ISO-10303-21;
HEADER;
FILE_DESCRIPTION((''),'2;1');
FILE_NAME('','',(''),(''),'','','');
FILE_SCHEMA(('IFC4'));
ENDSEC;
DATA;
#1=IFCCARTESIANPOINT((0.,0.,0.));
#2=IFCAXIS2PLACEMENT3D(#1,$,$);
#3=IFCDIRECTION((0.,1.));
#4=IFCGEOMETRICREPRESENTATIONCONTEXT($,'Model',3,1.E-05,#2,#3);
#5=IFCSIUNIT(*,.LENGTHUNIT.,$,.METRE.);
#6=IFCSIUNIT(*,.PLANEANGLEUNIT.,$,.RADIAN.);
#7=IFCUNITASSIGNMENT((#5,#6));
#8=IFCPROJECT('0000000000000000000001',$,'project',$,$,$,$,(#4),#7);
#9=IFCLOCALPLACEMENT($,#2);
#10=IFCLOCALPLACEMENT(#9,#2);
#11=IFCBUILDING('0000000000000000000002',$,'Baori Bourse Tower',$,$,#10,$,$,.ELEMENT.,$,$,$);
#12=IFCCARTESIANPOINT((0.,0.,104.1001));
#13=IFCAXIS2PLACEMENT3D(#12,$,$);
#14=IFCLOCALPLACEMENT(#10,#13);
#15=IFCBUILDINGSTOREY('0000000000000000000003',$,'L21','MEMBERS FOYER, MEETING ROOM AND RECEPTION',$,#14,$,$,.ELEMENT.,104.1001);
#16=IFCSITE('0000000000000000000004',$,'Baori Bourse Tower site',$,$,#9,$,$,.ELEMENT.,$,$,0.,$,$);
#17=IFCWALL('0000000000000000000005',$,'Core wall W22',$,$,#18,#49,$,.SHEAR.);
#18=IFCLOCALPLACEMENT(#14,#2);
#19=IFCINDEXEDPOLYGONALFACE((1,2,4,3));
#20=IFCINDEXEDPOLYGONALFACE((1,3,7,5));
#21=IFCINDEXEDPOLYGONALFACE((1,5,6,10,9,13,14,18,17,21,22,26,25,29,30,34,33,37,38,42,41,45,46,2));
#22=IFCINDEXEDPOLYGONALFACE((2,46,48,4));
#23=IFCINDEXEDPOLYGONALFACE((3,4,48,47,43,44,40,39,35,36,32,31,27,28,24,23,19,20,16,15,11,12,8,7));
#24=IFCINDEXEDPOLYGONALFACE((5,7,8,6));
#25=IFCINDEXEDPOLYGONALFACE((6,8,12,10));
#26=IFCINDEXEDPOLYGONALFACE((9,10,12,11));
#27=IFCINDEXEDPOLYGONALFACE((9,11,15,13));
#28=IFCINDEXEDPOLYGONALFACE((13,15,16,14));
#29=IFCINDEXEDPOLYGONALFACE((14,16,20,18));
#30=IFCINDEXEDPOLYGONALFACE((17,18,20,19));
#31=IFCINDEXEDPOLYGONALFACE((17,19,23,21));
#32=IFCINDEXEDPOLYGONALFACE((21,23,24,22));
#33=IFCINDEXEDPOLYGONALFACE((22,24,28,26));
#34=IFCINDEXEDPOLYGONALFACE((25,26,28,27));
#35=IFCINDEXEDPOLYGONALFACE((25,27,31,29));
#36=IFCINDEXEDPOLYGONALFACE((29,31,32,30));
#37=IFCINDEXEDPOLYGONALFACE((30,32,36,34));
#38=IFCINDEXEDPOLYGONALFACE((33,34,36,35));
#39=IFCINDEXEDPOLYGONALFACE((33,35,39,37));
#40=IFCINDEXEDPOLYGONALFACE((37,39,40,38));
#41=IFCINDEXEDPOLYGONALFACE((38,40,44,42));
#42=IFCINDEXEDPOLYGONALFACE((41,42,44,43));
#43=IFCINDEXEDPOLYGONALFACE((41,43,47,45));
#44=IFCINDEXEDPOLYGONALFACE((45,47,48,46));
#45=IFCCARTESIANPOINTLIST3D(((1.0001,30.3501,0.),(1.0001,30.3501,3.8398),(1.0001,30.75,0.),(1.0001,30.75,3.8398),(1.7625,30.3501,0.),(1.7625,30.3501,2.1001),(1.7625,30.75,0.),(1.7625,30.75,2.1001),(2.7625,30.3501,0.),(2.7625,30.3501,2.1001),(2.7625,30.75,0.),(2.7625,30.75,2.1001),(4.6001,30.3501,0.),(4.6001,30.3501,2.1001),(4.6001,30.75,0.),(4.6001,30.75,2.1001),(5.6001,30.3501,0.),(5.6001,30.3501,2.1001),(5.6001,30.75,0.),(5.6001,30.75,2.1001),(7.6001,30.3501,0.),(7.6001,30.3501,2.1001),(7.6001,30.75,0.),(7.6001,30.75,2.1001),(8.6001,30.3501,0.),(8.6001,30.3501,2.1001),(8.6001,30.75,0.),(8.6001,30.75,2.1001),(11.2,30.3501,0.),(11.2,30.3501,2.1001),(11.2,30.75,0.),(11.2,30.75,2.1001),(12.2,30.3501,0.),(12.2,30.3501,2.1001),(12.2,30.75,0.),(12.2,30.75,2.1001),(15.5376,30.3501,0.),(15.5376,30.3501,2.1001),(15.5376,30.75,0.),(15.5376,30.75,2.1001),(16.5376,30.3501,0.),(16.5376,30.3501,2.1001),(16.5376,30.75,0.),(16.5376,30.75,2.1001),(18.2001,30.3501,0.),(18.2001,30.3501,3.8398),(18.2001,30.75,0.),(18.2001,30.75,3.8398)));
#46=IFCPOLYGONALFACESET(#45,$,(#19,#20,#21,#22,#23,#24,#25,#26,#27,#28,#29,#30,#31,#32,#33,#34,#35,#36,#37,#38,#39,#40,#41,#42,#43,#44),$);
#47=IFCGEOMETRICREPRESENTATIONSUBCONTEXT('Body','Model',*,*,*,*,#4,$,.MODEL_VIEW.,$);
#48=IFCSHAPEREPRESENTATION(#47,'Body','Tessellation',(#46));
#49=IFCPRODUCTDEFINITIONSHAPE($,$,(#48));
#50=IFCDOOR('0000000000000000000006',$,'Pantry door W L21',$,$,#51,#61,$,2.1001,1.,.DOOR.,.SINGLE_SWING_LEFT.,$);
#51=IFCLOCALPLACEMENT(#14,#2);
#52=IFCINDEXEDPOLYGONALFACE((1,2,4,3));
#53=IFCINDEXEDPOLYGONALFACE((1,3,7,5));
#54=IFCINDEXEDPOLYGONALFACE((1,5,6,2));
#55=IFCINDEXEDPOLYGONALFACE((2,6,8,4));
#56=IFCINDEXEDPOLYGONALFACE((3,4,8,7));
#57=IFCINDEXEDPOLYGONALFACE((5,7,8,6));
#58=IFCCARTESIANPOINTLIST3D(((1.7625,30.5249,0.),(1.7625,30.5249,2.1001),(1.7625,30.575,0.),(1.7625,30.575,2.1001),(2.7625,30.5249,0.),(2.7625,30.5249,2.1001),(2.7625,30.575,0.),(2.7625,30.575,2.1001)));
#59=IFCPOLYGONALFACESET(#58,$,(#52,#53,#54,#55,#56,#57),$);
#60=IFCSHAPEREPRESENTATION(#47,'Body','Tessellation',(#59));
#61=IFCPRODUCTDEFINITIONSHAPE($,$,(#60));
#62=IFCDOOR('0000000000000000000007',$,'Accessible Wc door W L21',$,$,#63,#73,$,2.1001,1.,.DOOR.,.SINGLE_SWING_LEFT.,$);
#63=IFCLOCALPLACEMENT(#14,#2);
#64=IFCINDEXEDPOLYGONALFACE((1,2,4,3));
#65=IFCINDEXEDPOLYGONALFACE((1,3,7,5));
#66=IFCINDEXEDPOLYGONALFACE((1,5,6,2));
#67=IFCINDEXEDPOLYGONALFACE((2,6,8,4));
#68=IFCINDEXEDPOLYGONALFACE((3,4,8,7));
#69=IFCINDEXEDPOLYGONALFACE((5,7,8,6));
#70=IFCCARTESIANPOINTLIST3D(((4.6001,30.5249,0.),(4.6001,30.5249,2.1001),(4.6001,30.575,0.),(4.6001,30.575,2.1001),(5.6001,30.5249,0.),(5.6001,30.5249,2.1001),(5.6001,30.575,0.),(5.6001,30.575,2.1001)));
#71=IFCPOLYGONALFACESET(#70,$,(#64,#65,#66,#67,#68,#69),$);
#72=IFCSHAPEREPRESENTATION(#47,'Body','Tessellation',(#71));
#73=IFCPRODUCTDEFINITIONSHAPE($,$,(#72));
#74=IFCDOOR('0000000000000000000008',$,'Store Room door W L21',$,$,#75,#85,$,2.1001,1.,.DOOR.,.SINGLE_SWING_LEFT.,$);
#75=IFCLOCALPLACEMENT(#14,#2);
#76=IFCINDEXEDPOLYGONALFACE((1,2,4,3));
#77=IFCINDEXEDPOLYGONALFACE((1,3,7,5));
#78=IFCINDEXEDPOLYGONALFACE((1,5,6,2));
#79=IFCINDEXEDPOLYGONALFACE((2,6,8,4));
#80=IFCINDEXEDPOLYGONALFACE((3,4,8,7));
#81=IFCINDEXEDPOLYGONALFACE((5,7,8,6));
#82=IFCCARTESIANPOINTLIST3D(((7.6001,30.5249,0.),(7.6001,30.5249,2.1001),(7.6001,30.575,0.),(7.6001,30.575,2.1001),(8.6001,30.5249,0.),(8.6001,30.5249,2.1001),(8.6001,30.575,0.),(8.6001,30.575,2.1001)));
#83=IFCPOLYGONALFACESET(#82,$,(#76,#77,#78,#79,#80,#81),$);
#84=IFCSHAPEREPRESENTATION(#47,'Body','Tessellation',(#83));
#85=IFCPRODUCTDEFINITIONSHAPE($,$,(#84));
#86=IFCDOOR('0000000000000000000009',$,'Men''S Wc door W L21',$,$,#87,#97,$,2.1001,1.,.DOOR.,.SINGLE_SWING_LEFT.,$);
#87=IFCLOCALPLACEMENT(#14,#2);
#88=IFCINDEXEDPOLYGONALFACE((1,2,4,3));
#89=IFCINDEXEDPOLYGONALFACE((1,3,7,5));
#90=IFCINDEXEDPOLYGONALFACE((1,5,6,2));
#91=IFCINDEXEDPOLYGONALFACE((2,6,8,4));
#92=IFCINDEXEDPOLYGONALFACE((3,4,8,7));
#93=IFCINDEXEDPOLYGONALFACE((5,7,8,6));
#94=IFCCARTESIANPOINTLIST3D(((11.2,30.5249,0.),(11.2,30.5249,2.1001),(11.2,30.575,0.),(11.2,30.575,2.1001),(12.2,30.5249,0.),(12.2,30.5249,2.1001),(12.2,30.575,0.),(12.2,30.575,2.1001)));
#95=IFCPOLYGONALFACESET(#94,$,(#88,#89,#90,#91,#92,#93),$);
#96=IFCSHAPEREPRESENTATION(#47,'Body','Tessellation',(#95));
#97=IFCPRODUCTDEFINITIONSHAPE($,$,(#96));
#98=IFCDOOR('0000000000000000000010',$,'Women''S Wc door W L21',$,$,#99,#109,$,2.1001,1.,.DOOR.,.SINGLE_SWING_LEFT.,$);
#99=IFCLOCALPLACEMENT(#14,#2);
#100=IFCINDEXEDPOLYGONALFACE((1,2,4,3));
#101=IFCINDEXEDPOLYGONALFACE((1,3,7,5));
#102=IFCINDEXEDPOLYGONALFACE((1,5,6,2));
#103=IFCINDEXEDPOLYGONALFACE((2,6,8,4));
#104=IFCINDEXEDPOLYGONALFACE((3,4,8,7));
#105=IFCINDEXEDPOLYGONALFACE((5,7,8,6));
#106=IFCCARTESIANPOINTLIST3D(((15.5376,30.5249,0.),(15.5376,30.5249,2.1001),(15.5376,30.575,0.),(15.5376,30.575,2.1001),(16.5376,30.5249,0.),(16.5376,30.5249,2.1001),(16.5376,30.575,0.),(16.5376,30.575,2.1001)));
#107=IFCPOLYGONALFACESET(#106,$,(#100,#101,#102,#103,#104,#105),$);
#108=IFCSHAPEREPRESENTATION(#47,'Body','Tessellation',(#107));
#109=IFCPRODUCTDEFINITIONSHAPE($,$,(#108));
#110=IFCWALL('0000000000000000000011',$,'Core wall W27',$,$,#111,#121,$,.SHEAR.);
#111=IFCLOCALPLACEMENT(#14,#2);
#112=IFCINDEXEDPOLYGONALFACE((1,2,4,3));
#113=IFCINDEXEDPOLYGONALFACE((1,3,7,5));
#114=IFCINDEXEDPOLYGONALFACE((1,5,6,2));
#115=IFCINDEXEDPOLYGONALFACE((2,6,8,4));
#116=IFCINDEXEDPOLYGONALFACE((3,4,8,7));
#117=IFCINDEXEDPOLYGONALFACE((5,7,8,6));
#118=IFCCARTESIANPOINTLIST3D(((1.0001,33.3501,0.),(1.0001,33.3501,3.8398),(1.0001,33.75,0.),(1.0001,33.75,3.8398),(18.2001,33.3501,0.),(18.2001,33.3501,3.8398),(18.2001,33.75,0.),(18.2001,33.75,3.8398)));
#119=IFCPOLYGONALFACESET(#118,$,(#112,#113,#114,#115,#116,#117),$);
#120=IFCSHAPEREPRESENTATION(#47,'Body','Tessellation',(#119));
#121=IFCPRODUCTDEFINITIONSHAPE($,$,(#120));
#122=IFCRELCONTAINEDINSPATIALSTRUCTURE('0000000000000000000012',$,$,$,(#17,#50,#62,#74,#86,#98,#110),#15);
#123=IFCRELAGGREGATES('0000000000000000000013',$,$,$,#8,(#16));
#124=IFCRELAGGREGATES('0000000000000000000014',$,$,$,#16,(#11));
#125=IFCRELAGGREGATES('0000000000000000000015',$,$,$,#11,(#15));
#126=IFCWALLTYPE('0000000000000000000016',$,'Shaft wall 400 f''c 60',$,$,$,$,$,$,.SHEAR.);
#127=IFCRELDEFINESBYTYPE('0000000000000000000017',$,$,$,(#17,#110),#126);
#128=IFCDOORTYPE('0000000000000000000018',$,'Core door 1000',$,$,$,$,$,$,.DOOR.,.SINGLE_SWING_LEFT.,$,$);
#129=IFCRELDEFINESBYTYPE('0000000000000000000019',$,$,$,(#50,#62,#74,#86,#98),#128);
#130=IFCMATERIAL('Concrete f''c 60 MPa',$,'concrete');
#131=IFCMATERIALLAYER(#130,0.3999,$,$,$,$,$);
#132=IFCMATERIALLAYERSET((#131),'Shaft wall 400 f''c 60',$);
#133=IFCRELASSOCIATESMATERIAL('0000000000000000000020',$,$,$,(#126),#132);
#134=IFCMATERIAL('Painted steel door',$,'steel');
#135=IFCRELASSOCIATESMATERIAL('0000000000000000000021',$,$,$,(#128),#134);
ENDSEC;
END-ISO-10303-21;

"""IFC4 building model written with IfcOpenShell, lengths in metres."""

from ifc_helpers import new_model, si_unit, direction, frame, frame_2d, origin, place, context, subcontext, project, spatial, rectangle, extrude, material, layer, layer_set, type_object, element, fill, save


model = new_model("IFC4")

# Units and contexts
model_context = context("Model", 3, precision=1e-05, world=origin(), true_north=direction((0.0, 1.0)))
body_context = subcontext(model_context, "Body", "Model", "MODEL_VIEW")
ifc_project = project(units=[si_unit("LENGTHUNIT", "METRE"), si_unit("PLANEANGLEUNIT", "RADIAN")], contexts=[model_context])

# Site, building, storey
site_placement = place(None, origin())
site = spatial("IfcSite", under=ifc_project, at=site_placement, Name="Baori Bourse Tower site", CompositionType="ELEMENT", RefElevation=0.0)
building_placement = place(site_placement, origin())
building = spatial("IfcBuilding", under=site, at=building_placement, Name="Baori Bourse Tower", CompositionType="ELEMENT")
storey_placement = place(building_placement, frame((0.0, 0.0, 104.1001)))
storey = spatial("IfcBuildingStorey", under=building, at=storey_placement, Name="L21", Description="MEMBERS FOYER, MEETING ROOM AND RECEPTION", CompositionType="ELEMENT", Elevation=104.1001)

# Wall, openings, doors
ifc_material_1 = material(Name="Concrete f'c 60 MPa", Category="concrete")
ifc_layer_1 = layer(ifc_material_1, 0.3999)
ifc_layer_set_1 = layer_set([ifc_layer_1], Name="Shaft wall 400 f'c 60")
wall_type_1 = type_object("IfcWallType", Name="Shaft wall 400 f'c 60", PredefinedType="SHEAR", material=ifc_layer_set_1)
wall_1_placement = place(storey_placement, frame((1.0, 30.55, 0.0), z_axis=(0.0, 0.0, 1.0), x_axis=(1.0, 0.0, 0.0)))
wall_1 = element("IfcWall", 1, at=wall_1_placement, inside=storey, type_object=wall_type_1, Name="Core wall W22", PredefinedType="SHEAR", context=body_context, shape_type="SweptSolid", body=[
    extrude(rectangle(XDim=17.2, YDim=0.3999, at=frame_2d((8.6001, 0.0))), origin(), (0.0, 0.0, 1.0), 3.8398),
])
opening_1_placement = place(wall_1_placement, frame((0.7625, 0.0, 0.0)))
opening_1 = element("IfcOpeningElement", 2, at=opening_1_placement, cuts=wall_1, PredefinedType="OPENING", context=body_context, shape_type="SweptSolid", body=[
    extrude(rectangle(XDim=1.0, YDim=2.1001, at=frame_2d((0.5, 1.05))), frame((0.0, 0.21, 0.0), z_axis=(0.0, -1.0, 0.0), x_axis=(1.0, 0.0, 0.0)), (0.0, 0.0, 1.0), 0.4199),
])
opening_2_placement = place(wall_1_placement, frame((3.6001, 0.0, 0.0)))
opening_2 = element("IfcOpeningElement", 3, at=opening_2_placement, cuts=wall_1, PredefinedType="OPENING", context=body_context, shape_type="SweptSolid", body=[
    extrude(rectangle(XDim=1.0, YDim=2.1001, at=frame_2d((0.5, 1.05))), frame((0.0, 0.21, 0.0), z_axis=(0.0, -1.0, 0.0), x_axis=(1.0, 0.0, 0.0)), (0.0, 0.0, 1.0), 0.4199),
])
opening_3_placement = place(wall_1_placement, frame((6.6001, 0.0, 0.0)))
opening_3 = element("IfcOpeningElement", 4, at=opening_3_placement, cuts=wall_1, PredefinedType="OPENING", context=body_context, shape_type="SweptSolid", body=[
    extrude(rectangle(XDim=1.0, YDim=2.1001, at=frame_2d((0.5, 1.05))), frame((0.0, 0.21, 0.0), z_axis=(0.0, -1.0, 0.0), x_axis=(1.0, 0.0, 0.0)), (0.0, 0.0, 1.0), 0.4199),
])
opening_4_placement = place(wall_1_placement, frame((10.2, 0.0, 0.0)))
opening_4 = element("IfcOpeningElement", 5, at=opening_4_placement, cuts=wall_1, PredefinedType="OPENING", context=body_context, shape_type="SweptSolid", body=[
    extrude(rectangle(XDim=1.0, YDim=2.1001, at=frame_2d((0.5, 1.05))), frame((0.0, 0.21, 0.0), z_axis=(0.0, -1.0, 0.0), x_axis=(1.0, 0.0, 0.0)), (0.0, 0.0, 1.0), 0.4199),
])
opening_5_placement = place(wall_1_placement, frame((14.5376, 0.0, 0.0)))
opening_5 = element("IfcOpeningElement", 6, at=opening_5_placement, cuts=wall_1, PredefinedType="OPENING", context=body_context, shape_type="SweptSolid", body=[
    extrude(rectangle(XDim=1.0, YDim=2.1001, at=frame_2d((0.5, 1.05))), frame((0.0, 0.21, 0.0), z_axis=(0.0, -1.0, 0.0), x_axis=(1.0, 0.0, 0.0)), (0.0, 0.0, 1.0), 0.4199),
])
ifc_material_2 = material(Name="Painted steel door", Category="steel")
door_type_1 = type_object("IfcDoorType", Name="Core door 1000", OperationType="SINGLE_SWING_LEFT", PredefinedType="DOOR", material=ifc_material_2)
door_1_placement = place(opening_1_placement, origin())
door_1 = element("IfcDoor", 7, at=door_1_placement, inside=storey, type_object=door_type_1, Name="Pantry door W L21", OperationType="SINGLE_SWING_LEFT", OverallHeight=2.1001, OverallWidth=1.0, PredefinedType="DOOR", context=body_context, shape_type="SweptSolid", body=[
    extrude(rectangle(XDim=1.0, YDim=2.1001, at=frame_2d((0.5, 1.05))), frame((0.0, 0.0249, 0.0), z_axis=(0.0, -1.0, 0.0), x_axis=(1.0, 0.0, 0.0)), (0.0, 0.0, 1.0), 0.05),
])
fill(opening_1, door_1)
door_2_placement = place(opening_2_placement, origin())
door_2 = element("IfcDoor", 8, at=door_2_placement, inside=storey, type_object=door_type_1, Name="Accessible Wc door W L21", OperationType="SINGLE_SWING_LEFT", OverallHeight=2.1001, OverallWidth=1.0, PredefinedType="DOOR", context=body_context, shape_type="SweptSolid", body=[
    extrude(rectangle(XDim=1.0, YDim=2.1001, at=frame_2d((0.5, 1.05))), frame((0.0, 0.0249, 0.0), z_axis=(0.0, -1.0, 0.0), x_axis=(1.0, 0.0, 0.0)), (0.0, 0.0, 1.0), 0.05),
])
fill(opening_2, door_2)
door_3_placement = place(opening_3_placement, origin())
door_3 = element("IfcDoor", 9, at=door_3_placement, inside=storey, type_object=door_type_1, Name="Store Room door W L21", OperationType="SINGLE_SWING_LEFT", OverallHeight=2.1001, OverallWidth=1.0, PredefinedType="DOOR", context=body_context, shape_type="SweptSolid", body=[
    extrude(rectangle(XDim=1.0, YDim=2.1001, at=frame_2d((0.5, 1.05))), frame((0.0, 0.0249, 0.0), z_axis=(0.0, -1.0, 0.0), x_axis=(1.0, 0.0, 0.0)), (0.0, 0.0, 1.0), 0.05),
])
fill(opening_3, door_3)
door_4_placement = place(opening_4_placement, origin())
door_4 = element("IfcDoor", 10, at=door_4_placement, inside=storey, type_object=door_type_1, Name="Men'S Wc door W L21", OperationType="SINGLE_SWING_LEFT", OverallHeight=2.1001, OverallWidth=1.0, PredefinedType="DOOR", context=body_context, shape_type="SweptSolid", body=[
    extrude(rectangle(XDim=1.0, YDim=2.1001, at=frame_2d((0.5, 1.05))), frame((0.0, 0.0249, 0.0), z_axis=(0.0, -1.0, 0.0), x_axis=(1.0, 0.0, 0.0)), (0.0, 0.0, 1.0), 0.05),
])
fill(opening_4, door_4)
door_5_placement = place(opening_5_placement, origin())
door_5 = element("IfcDoor", 11, at=door_5_placement, inside=storey, type_object=door_type_1, Name="Women'S Wc door W L21", OperationType="SINGLE_SWING_LEFT", OverallHeight=2.1001, OverallWidth=1.0, PredefinedType="DOOR", context=body_context, shape_type="SweptSolid", body=[
    extrude(rectangle(XDim=1.0, YDim=2.1001, at=frame_2d((0.5, 1.05))), frame((0.0, 0.0249, 0.0), z_axis=(0.0, -1.0, 0.0), x_axis=(1.0, 0.0, 0.0)), (0.0, 0.0, 1.0), 0.05),
])
fill(opening_5, door_5)

# Wall
wall_2_placement = place(storey_placement, frame((1.0, 33.55, 0.0), z_axis=(0.0, 0.0, 1.0), x_axis=(1.0, 0.0, 0.0)))
element("IfcWall", 12, at=wall_2_placement, inside=storey, type_object=wall_type_1, Name="Core wall W27", PredefinedType="SHEAR", context=body_context, shape_type="SweptSolid", body=[
    extrude(rectangle(XDim=17.2, YDim=0.3999, at=frame_2d((8.6001, 0.0))), origin(), (0.0, 0.0, 1.0), 3.8398),
])

save(model, "model.ifc")
